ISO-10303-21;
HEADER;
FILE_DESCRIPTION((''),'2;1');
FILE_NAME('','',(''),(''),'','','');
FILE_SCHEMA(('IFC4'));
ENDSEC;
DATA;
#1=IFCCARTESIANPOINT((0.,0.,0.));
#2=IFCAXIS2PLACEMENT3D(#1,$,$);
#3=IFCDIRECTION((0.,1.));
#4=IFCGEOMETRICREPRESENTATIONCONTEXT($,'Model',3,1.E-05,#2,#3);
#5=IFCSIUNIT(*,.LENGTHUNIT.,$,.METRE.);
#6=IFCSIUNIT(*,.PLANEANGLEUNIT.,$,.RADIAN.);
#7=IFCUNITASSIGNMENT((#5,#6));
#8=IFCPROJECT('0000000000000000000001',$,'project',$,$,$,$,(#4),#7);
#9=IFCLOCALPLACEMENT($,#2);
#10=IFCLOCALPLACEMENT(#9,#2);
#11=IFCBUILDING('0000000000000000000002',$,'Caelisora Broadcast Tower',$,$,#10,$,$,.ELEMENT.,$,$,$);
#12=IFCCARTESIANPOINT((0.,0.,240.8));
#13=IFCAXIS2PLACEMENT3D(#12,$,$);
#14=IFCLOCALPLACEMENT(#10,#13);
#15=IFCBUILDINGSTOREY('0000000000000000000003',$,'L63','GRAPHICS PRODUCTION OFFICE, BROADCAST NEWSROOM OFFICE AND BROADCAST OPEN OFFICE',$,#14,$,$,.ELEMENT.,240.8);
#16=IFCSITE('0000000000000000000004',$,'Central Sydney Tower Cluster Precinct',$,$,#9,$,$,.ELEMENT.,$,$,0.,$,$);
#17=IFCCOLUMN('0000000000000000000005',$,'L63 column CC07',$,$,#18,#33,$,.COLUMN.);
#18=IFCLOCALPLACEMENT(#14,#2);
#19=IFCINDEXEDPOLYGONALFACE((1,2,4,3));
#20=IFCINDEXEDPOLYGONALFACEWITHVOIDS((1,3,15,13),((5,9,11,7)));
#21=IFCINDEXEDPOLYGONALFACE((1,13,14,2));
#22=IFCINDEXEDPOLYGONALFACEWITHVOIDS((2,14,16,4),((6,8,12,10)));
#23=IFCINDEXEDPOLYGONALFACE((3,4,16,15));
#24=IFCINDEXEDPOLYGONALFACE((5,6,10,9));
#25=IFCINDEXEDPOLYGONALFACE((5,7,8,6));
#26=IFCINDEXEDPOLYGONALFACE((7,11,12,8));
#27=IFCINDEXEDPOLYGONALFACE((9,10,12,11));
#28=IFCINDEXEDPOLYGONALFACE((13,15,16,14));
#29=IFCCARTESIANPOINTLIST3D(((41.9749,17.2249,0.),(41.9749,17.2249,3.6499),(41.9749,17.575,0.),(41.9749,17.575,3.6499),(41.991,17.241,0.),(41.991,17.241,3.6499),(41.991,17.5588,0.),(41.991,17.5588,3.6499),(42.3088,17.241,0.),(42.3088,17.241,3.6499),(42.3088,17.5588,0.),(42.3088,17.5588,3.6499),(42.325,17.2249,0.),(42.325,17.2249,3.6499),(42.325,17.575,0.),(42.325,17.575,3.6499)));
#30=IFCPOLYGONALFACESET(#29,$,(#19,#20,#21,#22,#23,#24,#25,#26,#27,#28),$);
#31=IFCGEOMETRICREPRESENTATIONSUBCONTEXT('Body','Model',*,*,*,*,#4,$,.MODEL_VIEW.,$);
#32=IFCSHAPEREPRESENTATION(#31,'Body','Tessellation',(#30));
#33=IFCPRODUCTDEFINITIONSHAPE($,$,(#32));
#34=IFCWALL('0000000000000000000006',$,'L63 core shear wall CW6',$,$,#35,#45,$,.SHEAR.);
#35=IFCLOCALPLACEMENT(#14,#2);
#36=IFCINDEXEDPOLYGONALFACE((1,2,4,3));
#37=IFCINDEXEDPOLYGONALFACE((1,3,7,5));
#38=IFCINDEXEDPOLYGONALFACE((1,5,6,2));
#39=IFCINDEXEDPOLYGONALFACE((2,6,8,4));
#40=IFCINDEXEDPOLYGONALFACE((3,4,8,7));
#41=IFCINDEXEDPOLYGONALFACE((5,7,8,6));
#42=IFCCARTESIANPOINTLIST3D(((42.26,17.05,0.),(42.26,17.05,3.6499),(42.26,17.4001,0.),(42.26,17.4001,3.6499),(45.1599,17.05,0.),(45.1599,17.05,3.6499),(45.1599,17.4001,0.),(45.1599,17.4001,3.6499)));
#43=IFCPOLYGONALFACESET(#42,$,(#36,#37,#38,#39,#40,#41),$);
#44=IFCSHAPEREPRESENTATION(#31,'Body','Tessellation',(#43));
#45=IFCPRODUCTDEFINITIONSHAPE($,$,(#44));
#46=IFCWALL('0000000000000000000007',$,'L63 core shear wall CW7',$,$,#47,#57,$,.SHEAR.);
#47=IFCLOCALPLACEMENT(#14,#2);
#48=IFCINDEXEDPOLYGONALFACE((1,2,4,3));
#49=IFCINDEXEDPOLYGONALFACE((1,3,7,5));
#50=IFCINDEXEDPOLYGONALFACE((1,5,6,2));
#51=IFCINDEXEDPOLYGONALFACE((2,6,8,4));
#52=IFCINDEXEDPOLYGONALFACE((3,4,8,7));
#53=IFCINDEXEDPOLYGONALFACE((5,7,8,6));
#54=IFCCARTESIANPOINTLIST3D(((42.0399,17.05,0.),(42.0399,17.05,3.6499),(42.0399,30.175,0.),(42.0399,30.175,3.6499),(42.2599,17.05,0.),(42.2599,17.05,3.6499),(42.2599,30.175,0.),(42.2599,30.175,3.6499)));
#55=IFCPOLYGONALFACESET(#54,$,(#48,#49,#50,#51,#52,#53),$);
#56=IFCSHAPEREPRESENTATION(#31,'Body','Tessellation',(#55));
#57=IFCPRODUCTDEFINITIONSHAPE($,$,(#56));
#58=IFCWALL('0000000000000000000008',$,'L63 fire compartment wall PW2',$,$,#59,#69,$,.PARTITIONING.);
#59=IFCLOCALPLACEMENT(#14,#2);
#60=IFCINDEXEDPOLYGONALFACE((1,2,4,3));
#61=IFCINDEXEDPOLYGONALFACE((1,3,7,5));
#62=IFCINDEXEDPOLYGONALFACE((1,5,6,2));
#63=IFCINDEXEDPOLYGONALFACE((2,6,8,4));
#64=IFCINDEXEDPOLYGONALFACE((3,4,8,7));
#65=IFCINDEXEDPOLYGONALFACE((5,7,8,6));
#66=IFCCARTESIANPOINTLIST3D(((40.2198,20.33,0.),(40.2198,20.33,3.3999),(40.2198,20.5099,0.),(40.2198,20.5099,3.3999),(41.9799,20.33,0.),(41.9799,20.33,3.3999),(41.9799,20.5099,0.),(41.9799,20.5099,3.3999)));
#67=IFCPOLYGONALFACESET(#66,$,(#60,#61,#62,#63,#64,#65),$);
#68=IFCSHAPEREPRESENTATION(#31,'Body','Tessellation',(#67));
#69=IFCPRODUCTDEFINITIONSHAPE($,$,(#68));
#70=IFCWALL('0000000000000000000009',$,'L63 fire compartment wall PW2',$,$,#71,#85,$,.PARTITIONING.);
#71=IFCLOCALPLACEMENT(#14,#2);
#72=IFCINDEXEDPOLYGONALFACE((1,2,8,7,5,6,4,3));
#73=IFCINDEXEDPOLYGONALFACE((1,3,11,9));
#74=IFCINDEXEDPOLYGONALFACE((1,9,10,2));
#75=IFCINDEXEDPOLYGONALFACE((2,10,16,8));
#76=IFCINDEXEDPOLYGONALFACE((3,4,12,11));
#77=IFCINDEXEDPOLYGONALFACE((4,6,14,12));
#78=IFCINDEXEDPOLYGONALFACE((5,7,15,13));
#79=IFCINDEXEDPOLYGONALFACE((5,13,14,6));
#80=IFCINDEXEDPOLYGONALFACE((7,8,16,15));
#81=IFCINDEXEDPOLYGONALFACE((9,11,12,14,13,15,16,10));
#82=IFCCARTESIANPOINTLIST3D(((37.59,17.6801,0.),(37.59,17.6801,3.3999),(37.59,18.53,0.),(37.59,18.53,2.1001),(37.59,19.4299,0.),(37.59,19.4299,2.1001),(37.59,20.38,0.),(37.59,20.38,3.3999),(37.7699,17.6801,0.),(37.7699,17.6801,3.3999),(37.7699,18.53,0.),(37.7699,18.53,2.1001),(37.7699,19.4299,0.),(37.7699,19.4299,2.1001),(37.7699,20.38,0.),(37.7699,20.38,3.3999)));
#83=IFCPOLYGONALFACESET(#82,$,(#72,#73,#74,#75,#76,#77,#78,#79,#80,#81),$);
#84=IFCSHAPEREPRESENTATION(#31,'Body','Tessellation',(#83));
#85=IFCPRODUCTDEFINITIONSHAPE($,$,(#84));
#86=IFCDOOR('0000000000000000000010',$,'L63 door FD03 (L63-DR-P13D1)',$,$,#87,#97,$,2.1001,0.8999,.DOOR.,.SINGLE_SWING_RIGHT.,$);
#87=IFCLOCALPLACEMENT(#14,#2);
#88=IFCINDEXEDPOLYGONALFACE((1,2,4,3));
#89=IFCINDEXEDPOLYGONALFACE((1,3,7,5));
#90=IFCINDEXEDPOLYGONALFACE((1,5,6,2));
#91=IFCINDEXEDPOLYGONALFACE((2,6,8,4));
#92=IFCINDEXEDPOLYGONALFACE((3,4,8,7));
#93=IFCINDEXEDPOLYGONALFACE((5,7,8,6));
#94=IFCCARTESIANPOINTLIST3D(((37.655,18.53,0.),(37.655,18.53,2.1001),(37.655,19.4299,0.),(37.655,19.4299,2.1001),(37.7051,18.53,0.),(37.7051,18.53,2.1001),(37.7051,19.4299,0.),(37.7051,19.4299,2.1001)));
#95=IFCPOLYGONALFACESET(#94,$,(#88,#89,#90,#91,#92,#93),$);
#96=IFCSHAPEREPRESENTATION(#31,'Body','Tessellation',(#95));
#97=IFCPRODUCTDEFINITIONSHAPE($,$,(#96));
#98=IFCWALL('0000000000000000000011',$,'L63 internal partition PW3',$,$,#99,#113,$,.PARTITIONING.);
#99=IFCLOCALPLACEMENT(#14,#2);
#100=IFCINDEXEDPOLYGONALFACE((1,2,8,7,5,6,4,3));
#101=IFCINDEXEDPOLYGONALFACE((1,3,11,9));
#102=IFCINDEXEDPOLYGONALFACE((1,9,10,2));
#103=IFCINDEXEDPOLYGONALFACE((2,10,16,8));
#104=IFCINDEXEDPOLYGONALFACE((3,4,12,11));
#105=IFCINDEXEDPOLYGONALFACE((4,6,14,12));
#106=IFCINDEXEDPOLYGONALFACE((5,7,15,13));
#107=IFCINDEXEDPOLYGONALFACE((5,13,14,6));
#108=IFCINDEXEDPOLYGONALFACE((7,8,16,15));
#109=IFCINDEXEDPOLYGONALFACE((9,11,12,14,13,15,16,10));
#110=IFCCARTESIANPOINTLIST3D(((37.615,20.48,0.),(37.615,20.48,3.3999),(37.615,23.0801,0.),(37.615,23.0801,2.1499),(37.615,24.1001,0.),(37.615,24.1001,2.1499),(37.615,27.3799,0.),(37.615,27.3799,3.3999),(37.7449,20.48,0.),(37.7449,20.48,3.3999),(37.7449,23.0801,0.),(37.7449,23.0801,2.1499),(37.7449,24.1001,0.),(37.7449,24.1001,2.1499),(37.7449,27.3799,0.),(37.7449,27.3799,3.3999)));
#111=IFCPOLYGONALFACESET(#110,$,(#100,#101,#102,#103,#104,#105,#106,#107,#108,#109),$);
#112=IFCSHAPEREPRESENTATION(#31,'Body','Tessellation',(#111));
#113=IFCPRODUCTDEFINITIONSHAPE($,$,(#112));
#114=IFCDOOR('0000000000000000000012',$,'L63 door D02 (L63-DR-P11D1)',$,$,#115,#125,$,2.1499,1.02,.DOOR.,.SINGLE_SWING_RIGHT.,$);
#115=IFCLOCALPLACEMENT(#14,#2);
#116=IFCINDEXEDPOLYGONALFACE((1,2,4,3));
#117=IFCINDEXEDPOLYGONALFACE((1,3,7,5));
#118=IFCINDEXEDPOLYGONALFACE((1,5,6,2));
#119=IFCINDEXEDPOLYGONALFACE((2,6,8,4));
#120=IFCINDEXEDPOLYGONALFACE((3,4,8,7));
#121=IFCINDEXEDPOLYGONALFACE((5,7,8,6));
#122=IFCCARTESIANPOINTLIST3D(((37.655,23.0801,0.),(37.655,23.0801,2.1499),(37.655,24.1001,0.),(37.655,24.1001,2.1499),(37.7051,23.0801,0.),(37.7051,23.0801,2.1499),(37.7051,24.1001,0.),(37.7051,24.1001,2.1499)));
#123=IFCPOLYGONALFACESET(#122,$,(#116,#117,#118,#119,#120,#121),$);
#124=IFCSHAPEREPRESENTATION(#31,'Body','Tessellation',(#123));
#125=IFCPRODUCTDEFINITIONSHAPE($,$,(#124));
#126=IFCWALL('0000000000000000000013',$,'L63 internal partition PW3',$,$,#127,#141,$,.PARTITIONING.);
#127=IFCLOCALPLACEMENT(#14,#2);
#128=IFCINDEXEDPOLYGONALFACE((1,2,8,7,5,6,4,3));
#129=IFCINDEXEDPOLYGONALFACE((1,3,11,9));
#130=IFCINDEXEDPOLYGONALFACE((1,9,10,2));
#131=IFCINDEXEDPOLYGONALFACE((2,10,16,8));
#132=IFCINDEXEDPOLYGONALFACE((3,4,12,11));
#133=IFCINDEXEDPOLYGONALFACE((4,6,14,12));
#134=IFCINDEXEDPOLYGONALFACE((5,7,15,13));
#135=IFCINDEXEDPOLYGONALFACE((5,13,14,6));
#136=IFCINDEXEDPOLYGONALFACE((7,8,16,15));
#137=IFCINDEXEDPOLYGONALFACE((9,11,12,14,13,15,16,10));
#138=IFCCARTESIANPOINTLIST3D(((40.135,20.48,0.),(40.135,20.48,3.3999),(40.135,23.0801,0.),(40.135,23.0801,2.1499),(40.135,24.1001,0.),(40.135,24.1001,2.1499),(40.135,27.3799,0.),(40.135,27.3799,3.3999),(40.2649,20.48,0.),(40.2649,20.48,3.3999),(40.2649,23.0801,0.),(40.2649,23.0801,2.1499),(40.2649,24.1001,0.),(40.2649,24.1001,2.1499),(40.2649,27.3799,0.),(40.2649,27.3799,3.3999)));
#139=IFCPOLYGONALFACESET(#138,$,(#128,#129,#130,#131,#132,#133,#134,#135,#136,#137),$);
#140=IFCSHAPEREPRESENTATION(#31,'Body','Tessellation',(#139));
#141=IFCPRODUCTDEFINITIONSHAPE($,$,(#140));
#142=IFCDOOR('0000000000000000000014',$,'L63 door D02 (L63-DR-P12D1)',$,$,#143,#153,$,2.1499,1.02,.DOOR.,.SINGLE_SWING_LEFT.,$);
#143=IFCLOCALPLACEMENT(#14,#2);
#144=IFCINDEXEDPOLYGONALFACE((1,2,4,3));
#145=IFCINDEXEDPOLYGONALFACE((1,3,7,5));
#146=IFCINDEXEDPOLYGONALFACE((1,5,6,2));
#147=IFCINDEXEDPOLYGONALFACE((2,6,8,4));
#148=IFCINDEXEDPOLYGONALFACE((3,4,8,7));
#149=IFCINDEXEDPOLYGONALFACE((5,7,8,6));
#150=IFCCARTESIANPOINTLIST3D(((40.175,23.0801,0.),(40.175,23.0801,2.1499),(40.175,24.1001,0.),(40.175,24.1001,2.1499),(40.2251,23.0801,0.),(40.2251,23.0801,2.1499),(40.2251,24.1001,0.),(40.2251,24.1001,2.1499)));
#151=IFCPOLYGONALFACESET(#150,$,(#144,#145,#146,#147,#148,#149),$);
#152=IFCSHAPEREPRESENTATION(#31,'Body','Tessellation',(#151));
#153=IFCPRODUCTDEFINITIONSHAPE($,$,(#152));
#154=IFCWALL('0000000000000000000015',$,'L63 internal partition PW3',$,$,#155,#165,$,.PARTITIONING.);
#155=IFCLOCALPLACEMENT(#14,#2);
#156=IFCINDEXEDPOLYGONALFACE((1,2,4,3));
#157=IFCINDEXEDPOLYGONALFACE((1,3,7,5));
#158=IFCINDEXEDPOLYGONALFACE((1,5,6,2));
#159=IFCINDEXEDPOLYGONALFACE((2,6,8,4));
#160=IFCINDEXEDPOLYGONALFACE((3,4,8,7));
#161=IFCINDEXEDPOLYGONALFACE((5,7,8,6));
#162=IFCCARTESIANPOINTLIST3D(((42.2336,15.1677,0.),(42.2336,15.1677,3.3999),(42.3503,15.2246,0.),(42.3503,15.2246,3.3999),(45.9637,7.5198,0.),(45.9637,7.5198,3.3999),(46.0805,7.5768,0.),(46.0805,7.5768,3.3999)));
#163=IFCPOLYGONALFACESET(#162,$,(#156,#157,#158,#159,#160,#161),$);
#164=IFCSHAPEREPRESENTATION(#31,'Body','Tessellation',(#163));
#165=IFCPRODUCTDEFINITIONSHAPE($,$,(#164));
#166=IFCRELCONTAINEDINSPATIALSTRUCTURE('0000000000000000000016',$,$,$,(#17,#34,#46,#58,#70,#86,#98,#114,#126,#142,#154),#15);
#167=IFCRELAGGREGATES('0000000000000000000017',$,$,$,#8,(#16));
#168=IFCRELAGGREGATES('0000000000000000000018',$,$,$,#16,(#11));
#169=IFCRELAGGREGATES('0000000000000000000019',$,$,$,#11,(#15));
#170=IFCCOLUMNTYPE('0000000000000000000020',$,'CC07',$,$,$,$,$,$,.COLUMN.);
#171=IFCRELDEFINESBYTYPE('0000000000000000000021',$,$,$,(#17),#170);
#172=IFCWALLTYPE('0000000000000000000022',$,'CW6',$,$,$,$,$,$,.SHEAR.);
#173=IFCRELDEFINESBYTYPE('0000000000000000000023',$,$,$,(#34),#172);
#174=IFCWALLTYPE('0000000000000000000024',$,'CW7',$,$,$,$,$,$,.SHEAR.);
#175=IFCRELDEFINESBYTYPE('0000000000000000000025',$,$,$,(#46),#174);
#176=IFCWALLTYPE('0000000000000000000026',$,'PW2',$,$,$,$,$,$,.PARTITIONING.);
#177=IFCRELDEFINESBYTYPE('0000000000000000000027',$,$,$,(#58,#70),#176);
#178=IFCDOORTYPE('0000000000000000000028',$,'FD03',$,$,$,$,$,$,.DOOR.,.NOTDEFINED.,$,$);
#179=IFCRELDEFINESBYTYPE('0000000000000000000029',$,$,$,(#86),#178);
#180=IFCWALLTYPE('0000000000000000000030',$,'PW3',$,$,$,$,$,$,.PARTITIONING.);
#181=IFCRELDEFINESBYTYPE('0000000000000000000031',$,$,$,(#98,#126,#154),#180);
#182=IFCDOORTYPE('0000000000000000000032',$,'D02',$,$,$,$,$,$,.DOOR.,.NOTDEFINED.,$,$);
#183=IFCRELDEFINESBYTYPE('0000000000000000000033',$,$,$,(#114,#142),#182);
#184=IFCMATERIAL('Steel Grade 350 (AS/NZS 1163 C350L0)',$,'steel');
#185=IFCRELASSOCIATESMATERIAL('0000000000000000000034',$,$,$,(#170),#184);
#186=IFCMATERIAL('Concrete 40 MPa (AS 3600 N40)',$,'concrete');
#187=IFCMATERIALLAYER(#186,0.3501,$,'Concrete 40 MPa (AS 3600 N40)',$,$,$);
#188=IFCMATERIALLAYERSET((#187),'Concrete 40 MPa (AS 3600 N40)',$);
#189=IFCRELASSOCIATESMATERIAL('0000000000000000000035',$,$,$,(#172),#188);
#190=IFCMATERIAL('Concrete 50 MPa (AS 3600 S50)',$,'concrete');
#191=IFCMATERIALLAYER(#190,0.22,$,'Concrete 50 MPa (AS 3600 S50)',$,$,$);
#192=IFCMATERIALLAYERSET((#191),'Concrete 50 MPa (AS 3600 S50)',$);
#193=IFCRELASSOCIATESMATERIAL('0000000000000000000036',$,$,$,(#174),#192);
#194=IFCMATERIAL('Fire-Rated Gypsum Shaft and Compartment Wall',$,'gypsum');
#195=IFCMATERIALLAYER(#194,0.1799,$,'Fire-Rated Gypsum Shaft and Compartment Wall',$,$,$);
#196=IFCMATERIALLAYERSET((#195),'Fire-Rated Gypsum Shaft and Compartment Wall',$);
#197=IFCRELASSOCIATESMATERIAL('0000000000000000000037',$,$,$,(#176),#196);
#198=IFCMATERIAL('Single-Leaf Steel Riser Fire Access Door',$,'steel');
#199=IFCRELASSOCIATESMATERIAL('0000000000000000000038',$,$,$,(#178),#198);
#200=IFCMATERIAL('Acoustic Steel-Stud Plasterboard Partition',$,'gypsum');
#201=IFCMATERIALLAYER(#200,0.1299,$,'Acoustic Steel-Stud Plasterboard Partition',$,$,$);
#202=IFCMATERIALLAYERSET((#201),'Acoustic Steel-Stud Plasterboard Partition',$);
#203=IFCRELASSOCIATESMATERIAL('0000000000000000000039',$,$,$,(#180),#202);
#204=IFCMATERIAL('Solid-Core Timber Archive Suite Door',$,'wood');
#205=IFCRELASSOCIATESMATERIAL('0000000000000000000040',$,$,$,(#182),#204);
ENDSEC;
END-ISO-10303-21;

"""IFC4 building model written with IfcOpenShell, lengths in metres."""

from ifc_helpers import new_model, si_unit, direction, frame, frame_2d, origin, origin_2d, place, context, subcontext, project, spatial, rectangle, hollow_rectangle, extrude, source, transform, mapped, material, layer, layer_set, material_profile, profile_set, type_object, type_shapes, element, fill, save


model = new_model("IFC4")

# Units and contexts
model_context = context("Model", 3, precision=1e-05, world=origin(), true_north=direction((0.0, 1.0)))
body_context = subcontext(model_context, "Body", "Model", "MODEL_VIEW")
ifc_project = project(units=[si_unit("LENGTHUNIT", "METRE"), si_unit("PLANEANGLEUNIT", "RADIAN")], contexts=[model_context])

# Site, building, storey
site_placement = place(None, origin())
site = spatial("IfcSite", under=ifc_project, at=site_placement, Name="Central Sydney Tower Cluster Precinct", CompositionType="ELEMENT", RefElevation=0.0)
building_placement = place(site_placement, origin())
building = spatial("IfcBuilding", under=site, at=building_placement, Name="Caelisora Broadcast Tower", CompositionType="ELEMENT")
storey_placement = place(building_placement, frame((0.0, 0.0, 240.8)))
storey = spatial("IfcBuildingStorey", under=building, at=storey_placement, Name="L63", Description="GRAPHICS PRODUCTION OFFICE, BROADCAST NEWSROOM OFFICE AND BROADCAST OPEN OFFICE", CompositionType="ELEMENT", Elevation=240.8)

# Column
ifc_material_1 = material(Name="Steel Grade 350 (AS/NZS 1163 C350L0)", Category="steel")
ifc_material_profile = material_profile(ifc_material_1, hollow_rectangle(XDim=0.3501, YDim=0.3501, WallThickness=0.0161, at=origin_2d()), Name="Steel Grade 350 (AS/NZS 1163 C350L0)")
ifc_profile_set = profile_set([ifc_material_profile], Name="Steel Grade 350 (AS/NZS 1163 C350L0)")
column_type = type_object("IfcColumnType", Name="CC07", PredefinedType="COLUMN", material=ifc_profile_set)
shared_shape = source(origin(), body_context, "Body", "SweptSolid", [
    extrude(hollow_rectangle(XDim=0.3501, YDim=0.3501, WallThickness=0.0161, at=origin_2d()), origin(), (0.0, 0.0, 1.0), 3.6499),
])
type_shapes(column_type, [shared_shape])
column_placement = place(storey_placement, frame((42.1499, 17.3999, 0.0), z_axis=(0.0, 0.0, 1.0), x_axis=(1.0, 0.0, 0.0)))
element("IfcColumn", 1, at=column_placement, inside=storey, type_object=column_type, Name="L63 column CC07", PredefinedType="COLUMN", context=body_context, shape_type="MappedRepresentation", body=[
    mapped(shared_shape, transform((0.0, 0.0, 0.0), scale=1.0)),
])

# Walls
ifc_material_2 = material(Name="Concrete 40 MPa (AS 3600 N40)", Category="concrete")
ifc_layer_1 = layer(ifc_material_2, 0.3501, Name="Concrete 40 MPa (AS 3600 N40)")
ifc_layer_set_1 = layer_set([ifc_layer_1], Name="Concrete 40 MPa (AS 3600 N40)")
wall_type_1 = type_object("IfcWallType", Name="CW6", PredefinedType="SHEAR", material=ifc_layer_set_1)
wall_1_placement = place(storey_placement, frame((42.26, 17.2251, 0.0), z_axis=(0.0, 0.0, 1.0), x_axis=(1.0, 0.0, 0.0)))
element("IfcWall", 2, at=wall_1_placement, inside=storey, type_object=wall_type_1, Name="L63 core shear wall CW6", PredefinedType="SHEAR", context=body_context, shape_type="SweptSolid", body=[
    extrude(rectangle(XDim=2.8999, YDim=0.3501, at=frame_2d((1.45, 0.0))), origin(), (0.0, 0.0, 1.0), 3.6499),
])
ifc_material_3 = material(Name="Concrete 50 MPa (AS 3600 S50)", Category="concrete")
ifc_layer_2 = layer(ifc_material_3, 0.22, Name="Concrete 50 MPa (AS 3600 S50)")
ifc_layer_set_2 = layer_set([ifc_layer_2], Name="Concrete 50 MPa (AS 3600 S50)")
wall_type_2 = type_object("IfcWallType", Name="CW7", PredefinedType="SHEAR", material=ifc_layer_set_2)
wall_2_placement = place(storey_placement, frame((42.1499, 17.05, 0.0), z_axis=(0.0, 0.0, 1.0), x_axis=(0.0, 1.0, 0.0)))
element("IfcWall", 3, at=wall_2_placement, inside=storey, type_object=wall_type_2, Name="L63 core shear wall CW7", PredefinedType="SHEAR", context=body_context, shape_type="SweptSolid", body=[
    extrude(rectangle(XDim=13.125, YDim=0.22, at=frame_2d((6.5625, 0.0))), origin(), (0.0, 0.0, 1.0), 3.6499),
])
ifc_material_4 = material(Name="Fire-Rated Gypsum Shaft and Compartment Wall", Category="gypsum")
ifc_layer_3 = layer(ifc_material_4, 0.1799, Name="Fire-Rated Gypsum Shaft and Compartment Wall")
ifc_layer_set_3 = layer_set([ifc_layer_3], Name="Fire-Rated Gypsum Shaft and Compartment Wall")
wall_type_3 = type_object("IfcWallType", Name="PW2", PredefinedType="PARTITIONING", material=ifc_layer_set_3)
wall_3_placement = place(storey_placement, frame((40.22, 20.4199, 0.0), z_axis=(0.0, 0.0, 1.0), x_axis=(1.0, 0.0, 0.0)))
element("IfcWall", 4, at=wall_3_placement, inside=storey, type_object=wall_type_3, Name="L63 fire compartment wall PW2", PredefinedType="PARTITIONING", context=body_context, shape_type="SweptSolid", body=[
    extrude(rectangle(XDim=1.76, YDim=0.1799, at=frame_2d((0.8799, 0.0))), origin(), (0.0, 0.0, 1.0), 3.3999),
])

# Walls, openings, doors
wall_4_placement = place(storey_placement, frame((37.6799, 17.6799, 0.0), z_axis=(0.0, 0.0, 1.0), x_axis=(0.0, 1.0, 0.0)))
wall_4 = element("IfcWall", 5, at=wall_4_placement, inside=storey, type_object=wall_type_3, Name="L63 fire compartment wall PW2", PredefinedType="PARTITIONING", context=body_context, shape_type="SweptSolid", body=[
    extrude(rectangle(XDim=2.7, YDim=0.1799, at=frame_2d((1.3501, 0.0))), origin(), (0.0, 0.0, 1.0), 3.3999),
])
opening_1_placement = place(wall_4_placement, frame((0.8501, 0.0, 0.0)))
opening_1 = element("IfcOpeningElement", 6, at=opening_1_placement, cuts=wall_4, PredefinedType="OPENING", context=body_context, shape_type="SweptSolid", body=[
    extrude(rectangle(XDim=0.8999, YDim=2.1001, at=frame_2d((0.45, 1.05))), frame((0.0, 0.1021, 0.0), z_axis=(0.0, -1.0, 0.0), x_axis=(1.0, 0.0, 0.0)), (0.0, 0.0, 1.0), 0.2039),
])
ifc_material_5 = material(Name="Single-Leaf Steel Riser Fire Access Door", Category="steel")
door_type_1 = type_object("IfcDoorType", Name="FD03", OperationType="NOTDEFINED", PredefinedType="DOOR", material=ifc_material_5)
door_1_placement = place(opening_1_placement, origin())
door_1 = element("IfcDoor", 7, at=door_1_placement, inside=storey, type_object=door_type_1, Name="L63 door FD03 (L63-DR-P13D1)", OperationType="SINGLE_SWING_RIGHT", OverallHeight=2.1001, OverallWidth=0.8999, PredefinedType="DOOR", context=body_context, shape_type="SweptSolid", body=[
    extrude(rectangle(XDim=0.8999, YDim=2.1001, at=frame_2d((0.45, 1.05))), frame((0.0, 0.0249, 0.0), z_axis=(0.0, -1.0, 0.0), x_axis=(1.0, 0.0, 0.0)), (0.0, 0.0, 1.0), 0.05),
])
fill(opening_1, door_1)
ifc_material_6 = material(Name="Acoustic Steel-Stud Plasterboard Partition", Category="gypsum")
ifc_layer_4 = layer(ifc_material_6, 0.1299, Name="Acoustic Steel-Stud Plasterboard Partition")
ifc_layer_set_4 = layer_set([ifc_layer_4], Name="Acoustic Steel-Stud Plasterboard Partition")
wall_type_4 = type_object("IfcWallType", Name="PW3", PredefinedType="PARTITIONING", material=ifc_layer_set_4)
wall_5_placement = place(storey_placement, frame((37.6799, 20.48, 0.0), z_axis=(0.0, 0.0, 1.0), x_axis=(0.0, 1.0, 0.0)))
wall_5 = element("IfcWall", 8, at=wall_5_placement, inside=storey, type_object=wall_type_4, Name="L63 internal partition PW3", PredefinedType="PARTITIONING", context=body_context, shape_type="SweptSolid", body=[
    extrude(rectangle(XDim=6.8999, YDim=0.1299, at=frame_2d((3.45, 0.0))), origin(), (0.0, 0.0, 1.0), 3.3999),
])
opening_2_placement = place(wall_5_placement, frame((2.6001, 0.0, 0.0)))
opening_2 = element("IfcOpeningElement", 9, at=opening_2_placement, cuts=wall_5, PredefinedType="OPENING", context=body_context, shape_type="SweptSolid", body=[
    extrude(rectangle(XDim=1.02, YDim=2.1499, at=frame_2d((0.51, 1.075))), frame((0.0, 0.0769, 0.0), z_axis=(0.0, -1.0, 0.0), x_axis=(1.0, 0.0, 0.0)), (0.0, 0.0, 1.0), 0.1538),
])
ifc_material_7 = material(Name="Solid-Core Timber Archive Suite Door", Category="wood")
door_type_2 = type_object("IfcDoorType", Name="D02", OperationType="NOTDEFINED", PredefinedType="DOOR", material=ifc_material_7)
door_2_placement = place(opening_2_placement, origin())
door_2 = element("IfcDoor", 10, at=door_2_placement, inside=storey, type_object=door_type_2, Name="L63 door D02 (L63-DR-P11D1)", OperationType="SINGLE_SWING_RIGHT", OverallHeight=2.1499, OverallWidth=1.02, PredefinedType="DOOR", context=body_context, shape_type="SweptSolid", body=[
    extrude(rectangle(XDim=1.02, YDim=2.1499, at=frame_2d((0.51, 1.075))), frame((0.0, 0.0249, 0.0), z_axis=(0.0, -1.0, 0.0), x_axis=(1.0, 0.0, 0.0)), (0.0, 0.0, 1.0), 0.05),
])
fill(opening_2, door_2)
wall_6_placement = place(storey_placement, frame((40.2, 20.48, 0.0), z_axis=(0.0, 0.0, 1.0), x_axis=(0.0, 1.0, 0.0)))
wall_6 = element("IfcWall", 11, at=wall_6_placement, inside=storey, type_object=wall_type_4, Name="L63 internal partition PW3", PredefinedType="PARTITIONING", context=body_context, shape_type="SweptSolid", body=[
    extrude(rectangle(XDim=6.8999, YDim=0.1299, at=frame_2d((3.45, 0.0))), origin(), (0.0, 0.0, 1.0), 3.3999),
])
opening_3_placement = place(wall_6_placement, frame((2.6001, 0.0, 0.0)))
opening_3 = element("IfcOpeningElement", 12, at=opening_3_placement, cuts=wall_6, PredefinedType="OPENING", context=body_context, shape_type="SweptSolid", body=[
    extrude(rectangle(XDim=1.02, YDim=2.1499, at=frame_2d((0.51, 1.075))), frame((0.0, 0.0769, 0.0), z_axis=(0.0, -1.0, 0.0), x_axis=(1.0, 0.0, 0.0)), (0.0, 0.0, 1.0), 0.1538),
])
door_3_placement = place(opening_3_placement, origin())
door_3 = element("IfcDoor", 13, at=door_3_placement, inside=storey, type_object=door_type_2, Name="L63 door D02 (L63-DR-P12D1)", OperationType="SINGLE_SWING_LEFT", OverallHeight=2.1499, OverallWidth=1.02, PredefinedType="DOOR", context=body_context, shape_type="SweptSolid", body=[
    extrude(rectangle(XDim=1.02, YDim=2.1499, at=frame_2d((0.51, 1.075))), frame((0.0, 0.0249, 0.0), z_axis=(0.0, -1.0, 0.0), x_axis=(1.0, 0.0, 0.0)), (0.0, 0.0, 1.0), 0.05),
])
fill(opening_3, door_3)

# Wall
wall_7_placement = place(storey_placement, frame((42.292, 15.196, 0.0), z_axis=(0.0, 0.0, 1.0), x_axis=(0.438378, -0.898791, 0.0)))
element("IfcWall", 14, at=wall_7_placement, inside=storey, type_object=wall_type_4, Name="L63 internal partition PW3", PredefinedType="PARTITIONING", context=body_context, shape_type="SweptSolid", body=[
    extrude(rectangle(XDim=8.509, YDim=0.1299, at=frame_2d((4.2544, 0.0))), origin(), (0.0, 0.0, 1.0), 3.3999),
])

save(model, "model.ifc")
